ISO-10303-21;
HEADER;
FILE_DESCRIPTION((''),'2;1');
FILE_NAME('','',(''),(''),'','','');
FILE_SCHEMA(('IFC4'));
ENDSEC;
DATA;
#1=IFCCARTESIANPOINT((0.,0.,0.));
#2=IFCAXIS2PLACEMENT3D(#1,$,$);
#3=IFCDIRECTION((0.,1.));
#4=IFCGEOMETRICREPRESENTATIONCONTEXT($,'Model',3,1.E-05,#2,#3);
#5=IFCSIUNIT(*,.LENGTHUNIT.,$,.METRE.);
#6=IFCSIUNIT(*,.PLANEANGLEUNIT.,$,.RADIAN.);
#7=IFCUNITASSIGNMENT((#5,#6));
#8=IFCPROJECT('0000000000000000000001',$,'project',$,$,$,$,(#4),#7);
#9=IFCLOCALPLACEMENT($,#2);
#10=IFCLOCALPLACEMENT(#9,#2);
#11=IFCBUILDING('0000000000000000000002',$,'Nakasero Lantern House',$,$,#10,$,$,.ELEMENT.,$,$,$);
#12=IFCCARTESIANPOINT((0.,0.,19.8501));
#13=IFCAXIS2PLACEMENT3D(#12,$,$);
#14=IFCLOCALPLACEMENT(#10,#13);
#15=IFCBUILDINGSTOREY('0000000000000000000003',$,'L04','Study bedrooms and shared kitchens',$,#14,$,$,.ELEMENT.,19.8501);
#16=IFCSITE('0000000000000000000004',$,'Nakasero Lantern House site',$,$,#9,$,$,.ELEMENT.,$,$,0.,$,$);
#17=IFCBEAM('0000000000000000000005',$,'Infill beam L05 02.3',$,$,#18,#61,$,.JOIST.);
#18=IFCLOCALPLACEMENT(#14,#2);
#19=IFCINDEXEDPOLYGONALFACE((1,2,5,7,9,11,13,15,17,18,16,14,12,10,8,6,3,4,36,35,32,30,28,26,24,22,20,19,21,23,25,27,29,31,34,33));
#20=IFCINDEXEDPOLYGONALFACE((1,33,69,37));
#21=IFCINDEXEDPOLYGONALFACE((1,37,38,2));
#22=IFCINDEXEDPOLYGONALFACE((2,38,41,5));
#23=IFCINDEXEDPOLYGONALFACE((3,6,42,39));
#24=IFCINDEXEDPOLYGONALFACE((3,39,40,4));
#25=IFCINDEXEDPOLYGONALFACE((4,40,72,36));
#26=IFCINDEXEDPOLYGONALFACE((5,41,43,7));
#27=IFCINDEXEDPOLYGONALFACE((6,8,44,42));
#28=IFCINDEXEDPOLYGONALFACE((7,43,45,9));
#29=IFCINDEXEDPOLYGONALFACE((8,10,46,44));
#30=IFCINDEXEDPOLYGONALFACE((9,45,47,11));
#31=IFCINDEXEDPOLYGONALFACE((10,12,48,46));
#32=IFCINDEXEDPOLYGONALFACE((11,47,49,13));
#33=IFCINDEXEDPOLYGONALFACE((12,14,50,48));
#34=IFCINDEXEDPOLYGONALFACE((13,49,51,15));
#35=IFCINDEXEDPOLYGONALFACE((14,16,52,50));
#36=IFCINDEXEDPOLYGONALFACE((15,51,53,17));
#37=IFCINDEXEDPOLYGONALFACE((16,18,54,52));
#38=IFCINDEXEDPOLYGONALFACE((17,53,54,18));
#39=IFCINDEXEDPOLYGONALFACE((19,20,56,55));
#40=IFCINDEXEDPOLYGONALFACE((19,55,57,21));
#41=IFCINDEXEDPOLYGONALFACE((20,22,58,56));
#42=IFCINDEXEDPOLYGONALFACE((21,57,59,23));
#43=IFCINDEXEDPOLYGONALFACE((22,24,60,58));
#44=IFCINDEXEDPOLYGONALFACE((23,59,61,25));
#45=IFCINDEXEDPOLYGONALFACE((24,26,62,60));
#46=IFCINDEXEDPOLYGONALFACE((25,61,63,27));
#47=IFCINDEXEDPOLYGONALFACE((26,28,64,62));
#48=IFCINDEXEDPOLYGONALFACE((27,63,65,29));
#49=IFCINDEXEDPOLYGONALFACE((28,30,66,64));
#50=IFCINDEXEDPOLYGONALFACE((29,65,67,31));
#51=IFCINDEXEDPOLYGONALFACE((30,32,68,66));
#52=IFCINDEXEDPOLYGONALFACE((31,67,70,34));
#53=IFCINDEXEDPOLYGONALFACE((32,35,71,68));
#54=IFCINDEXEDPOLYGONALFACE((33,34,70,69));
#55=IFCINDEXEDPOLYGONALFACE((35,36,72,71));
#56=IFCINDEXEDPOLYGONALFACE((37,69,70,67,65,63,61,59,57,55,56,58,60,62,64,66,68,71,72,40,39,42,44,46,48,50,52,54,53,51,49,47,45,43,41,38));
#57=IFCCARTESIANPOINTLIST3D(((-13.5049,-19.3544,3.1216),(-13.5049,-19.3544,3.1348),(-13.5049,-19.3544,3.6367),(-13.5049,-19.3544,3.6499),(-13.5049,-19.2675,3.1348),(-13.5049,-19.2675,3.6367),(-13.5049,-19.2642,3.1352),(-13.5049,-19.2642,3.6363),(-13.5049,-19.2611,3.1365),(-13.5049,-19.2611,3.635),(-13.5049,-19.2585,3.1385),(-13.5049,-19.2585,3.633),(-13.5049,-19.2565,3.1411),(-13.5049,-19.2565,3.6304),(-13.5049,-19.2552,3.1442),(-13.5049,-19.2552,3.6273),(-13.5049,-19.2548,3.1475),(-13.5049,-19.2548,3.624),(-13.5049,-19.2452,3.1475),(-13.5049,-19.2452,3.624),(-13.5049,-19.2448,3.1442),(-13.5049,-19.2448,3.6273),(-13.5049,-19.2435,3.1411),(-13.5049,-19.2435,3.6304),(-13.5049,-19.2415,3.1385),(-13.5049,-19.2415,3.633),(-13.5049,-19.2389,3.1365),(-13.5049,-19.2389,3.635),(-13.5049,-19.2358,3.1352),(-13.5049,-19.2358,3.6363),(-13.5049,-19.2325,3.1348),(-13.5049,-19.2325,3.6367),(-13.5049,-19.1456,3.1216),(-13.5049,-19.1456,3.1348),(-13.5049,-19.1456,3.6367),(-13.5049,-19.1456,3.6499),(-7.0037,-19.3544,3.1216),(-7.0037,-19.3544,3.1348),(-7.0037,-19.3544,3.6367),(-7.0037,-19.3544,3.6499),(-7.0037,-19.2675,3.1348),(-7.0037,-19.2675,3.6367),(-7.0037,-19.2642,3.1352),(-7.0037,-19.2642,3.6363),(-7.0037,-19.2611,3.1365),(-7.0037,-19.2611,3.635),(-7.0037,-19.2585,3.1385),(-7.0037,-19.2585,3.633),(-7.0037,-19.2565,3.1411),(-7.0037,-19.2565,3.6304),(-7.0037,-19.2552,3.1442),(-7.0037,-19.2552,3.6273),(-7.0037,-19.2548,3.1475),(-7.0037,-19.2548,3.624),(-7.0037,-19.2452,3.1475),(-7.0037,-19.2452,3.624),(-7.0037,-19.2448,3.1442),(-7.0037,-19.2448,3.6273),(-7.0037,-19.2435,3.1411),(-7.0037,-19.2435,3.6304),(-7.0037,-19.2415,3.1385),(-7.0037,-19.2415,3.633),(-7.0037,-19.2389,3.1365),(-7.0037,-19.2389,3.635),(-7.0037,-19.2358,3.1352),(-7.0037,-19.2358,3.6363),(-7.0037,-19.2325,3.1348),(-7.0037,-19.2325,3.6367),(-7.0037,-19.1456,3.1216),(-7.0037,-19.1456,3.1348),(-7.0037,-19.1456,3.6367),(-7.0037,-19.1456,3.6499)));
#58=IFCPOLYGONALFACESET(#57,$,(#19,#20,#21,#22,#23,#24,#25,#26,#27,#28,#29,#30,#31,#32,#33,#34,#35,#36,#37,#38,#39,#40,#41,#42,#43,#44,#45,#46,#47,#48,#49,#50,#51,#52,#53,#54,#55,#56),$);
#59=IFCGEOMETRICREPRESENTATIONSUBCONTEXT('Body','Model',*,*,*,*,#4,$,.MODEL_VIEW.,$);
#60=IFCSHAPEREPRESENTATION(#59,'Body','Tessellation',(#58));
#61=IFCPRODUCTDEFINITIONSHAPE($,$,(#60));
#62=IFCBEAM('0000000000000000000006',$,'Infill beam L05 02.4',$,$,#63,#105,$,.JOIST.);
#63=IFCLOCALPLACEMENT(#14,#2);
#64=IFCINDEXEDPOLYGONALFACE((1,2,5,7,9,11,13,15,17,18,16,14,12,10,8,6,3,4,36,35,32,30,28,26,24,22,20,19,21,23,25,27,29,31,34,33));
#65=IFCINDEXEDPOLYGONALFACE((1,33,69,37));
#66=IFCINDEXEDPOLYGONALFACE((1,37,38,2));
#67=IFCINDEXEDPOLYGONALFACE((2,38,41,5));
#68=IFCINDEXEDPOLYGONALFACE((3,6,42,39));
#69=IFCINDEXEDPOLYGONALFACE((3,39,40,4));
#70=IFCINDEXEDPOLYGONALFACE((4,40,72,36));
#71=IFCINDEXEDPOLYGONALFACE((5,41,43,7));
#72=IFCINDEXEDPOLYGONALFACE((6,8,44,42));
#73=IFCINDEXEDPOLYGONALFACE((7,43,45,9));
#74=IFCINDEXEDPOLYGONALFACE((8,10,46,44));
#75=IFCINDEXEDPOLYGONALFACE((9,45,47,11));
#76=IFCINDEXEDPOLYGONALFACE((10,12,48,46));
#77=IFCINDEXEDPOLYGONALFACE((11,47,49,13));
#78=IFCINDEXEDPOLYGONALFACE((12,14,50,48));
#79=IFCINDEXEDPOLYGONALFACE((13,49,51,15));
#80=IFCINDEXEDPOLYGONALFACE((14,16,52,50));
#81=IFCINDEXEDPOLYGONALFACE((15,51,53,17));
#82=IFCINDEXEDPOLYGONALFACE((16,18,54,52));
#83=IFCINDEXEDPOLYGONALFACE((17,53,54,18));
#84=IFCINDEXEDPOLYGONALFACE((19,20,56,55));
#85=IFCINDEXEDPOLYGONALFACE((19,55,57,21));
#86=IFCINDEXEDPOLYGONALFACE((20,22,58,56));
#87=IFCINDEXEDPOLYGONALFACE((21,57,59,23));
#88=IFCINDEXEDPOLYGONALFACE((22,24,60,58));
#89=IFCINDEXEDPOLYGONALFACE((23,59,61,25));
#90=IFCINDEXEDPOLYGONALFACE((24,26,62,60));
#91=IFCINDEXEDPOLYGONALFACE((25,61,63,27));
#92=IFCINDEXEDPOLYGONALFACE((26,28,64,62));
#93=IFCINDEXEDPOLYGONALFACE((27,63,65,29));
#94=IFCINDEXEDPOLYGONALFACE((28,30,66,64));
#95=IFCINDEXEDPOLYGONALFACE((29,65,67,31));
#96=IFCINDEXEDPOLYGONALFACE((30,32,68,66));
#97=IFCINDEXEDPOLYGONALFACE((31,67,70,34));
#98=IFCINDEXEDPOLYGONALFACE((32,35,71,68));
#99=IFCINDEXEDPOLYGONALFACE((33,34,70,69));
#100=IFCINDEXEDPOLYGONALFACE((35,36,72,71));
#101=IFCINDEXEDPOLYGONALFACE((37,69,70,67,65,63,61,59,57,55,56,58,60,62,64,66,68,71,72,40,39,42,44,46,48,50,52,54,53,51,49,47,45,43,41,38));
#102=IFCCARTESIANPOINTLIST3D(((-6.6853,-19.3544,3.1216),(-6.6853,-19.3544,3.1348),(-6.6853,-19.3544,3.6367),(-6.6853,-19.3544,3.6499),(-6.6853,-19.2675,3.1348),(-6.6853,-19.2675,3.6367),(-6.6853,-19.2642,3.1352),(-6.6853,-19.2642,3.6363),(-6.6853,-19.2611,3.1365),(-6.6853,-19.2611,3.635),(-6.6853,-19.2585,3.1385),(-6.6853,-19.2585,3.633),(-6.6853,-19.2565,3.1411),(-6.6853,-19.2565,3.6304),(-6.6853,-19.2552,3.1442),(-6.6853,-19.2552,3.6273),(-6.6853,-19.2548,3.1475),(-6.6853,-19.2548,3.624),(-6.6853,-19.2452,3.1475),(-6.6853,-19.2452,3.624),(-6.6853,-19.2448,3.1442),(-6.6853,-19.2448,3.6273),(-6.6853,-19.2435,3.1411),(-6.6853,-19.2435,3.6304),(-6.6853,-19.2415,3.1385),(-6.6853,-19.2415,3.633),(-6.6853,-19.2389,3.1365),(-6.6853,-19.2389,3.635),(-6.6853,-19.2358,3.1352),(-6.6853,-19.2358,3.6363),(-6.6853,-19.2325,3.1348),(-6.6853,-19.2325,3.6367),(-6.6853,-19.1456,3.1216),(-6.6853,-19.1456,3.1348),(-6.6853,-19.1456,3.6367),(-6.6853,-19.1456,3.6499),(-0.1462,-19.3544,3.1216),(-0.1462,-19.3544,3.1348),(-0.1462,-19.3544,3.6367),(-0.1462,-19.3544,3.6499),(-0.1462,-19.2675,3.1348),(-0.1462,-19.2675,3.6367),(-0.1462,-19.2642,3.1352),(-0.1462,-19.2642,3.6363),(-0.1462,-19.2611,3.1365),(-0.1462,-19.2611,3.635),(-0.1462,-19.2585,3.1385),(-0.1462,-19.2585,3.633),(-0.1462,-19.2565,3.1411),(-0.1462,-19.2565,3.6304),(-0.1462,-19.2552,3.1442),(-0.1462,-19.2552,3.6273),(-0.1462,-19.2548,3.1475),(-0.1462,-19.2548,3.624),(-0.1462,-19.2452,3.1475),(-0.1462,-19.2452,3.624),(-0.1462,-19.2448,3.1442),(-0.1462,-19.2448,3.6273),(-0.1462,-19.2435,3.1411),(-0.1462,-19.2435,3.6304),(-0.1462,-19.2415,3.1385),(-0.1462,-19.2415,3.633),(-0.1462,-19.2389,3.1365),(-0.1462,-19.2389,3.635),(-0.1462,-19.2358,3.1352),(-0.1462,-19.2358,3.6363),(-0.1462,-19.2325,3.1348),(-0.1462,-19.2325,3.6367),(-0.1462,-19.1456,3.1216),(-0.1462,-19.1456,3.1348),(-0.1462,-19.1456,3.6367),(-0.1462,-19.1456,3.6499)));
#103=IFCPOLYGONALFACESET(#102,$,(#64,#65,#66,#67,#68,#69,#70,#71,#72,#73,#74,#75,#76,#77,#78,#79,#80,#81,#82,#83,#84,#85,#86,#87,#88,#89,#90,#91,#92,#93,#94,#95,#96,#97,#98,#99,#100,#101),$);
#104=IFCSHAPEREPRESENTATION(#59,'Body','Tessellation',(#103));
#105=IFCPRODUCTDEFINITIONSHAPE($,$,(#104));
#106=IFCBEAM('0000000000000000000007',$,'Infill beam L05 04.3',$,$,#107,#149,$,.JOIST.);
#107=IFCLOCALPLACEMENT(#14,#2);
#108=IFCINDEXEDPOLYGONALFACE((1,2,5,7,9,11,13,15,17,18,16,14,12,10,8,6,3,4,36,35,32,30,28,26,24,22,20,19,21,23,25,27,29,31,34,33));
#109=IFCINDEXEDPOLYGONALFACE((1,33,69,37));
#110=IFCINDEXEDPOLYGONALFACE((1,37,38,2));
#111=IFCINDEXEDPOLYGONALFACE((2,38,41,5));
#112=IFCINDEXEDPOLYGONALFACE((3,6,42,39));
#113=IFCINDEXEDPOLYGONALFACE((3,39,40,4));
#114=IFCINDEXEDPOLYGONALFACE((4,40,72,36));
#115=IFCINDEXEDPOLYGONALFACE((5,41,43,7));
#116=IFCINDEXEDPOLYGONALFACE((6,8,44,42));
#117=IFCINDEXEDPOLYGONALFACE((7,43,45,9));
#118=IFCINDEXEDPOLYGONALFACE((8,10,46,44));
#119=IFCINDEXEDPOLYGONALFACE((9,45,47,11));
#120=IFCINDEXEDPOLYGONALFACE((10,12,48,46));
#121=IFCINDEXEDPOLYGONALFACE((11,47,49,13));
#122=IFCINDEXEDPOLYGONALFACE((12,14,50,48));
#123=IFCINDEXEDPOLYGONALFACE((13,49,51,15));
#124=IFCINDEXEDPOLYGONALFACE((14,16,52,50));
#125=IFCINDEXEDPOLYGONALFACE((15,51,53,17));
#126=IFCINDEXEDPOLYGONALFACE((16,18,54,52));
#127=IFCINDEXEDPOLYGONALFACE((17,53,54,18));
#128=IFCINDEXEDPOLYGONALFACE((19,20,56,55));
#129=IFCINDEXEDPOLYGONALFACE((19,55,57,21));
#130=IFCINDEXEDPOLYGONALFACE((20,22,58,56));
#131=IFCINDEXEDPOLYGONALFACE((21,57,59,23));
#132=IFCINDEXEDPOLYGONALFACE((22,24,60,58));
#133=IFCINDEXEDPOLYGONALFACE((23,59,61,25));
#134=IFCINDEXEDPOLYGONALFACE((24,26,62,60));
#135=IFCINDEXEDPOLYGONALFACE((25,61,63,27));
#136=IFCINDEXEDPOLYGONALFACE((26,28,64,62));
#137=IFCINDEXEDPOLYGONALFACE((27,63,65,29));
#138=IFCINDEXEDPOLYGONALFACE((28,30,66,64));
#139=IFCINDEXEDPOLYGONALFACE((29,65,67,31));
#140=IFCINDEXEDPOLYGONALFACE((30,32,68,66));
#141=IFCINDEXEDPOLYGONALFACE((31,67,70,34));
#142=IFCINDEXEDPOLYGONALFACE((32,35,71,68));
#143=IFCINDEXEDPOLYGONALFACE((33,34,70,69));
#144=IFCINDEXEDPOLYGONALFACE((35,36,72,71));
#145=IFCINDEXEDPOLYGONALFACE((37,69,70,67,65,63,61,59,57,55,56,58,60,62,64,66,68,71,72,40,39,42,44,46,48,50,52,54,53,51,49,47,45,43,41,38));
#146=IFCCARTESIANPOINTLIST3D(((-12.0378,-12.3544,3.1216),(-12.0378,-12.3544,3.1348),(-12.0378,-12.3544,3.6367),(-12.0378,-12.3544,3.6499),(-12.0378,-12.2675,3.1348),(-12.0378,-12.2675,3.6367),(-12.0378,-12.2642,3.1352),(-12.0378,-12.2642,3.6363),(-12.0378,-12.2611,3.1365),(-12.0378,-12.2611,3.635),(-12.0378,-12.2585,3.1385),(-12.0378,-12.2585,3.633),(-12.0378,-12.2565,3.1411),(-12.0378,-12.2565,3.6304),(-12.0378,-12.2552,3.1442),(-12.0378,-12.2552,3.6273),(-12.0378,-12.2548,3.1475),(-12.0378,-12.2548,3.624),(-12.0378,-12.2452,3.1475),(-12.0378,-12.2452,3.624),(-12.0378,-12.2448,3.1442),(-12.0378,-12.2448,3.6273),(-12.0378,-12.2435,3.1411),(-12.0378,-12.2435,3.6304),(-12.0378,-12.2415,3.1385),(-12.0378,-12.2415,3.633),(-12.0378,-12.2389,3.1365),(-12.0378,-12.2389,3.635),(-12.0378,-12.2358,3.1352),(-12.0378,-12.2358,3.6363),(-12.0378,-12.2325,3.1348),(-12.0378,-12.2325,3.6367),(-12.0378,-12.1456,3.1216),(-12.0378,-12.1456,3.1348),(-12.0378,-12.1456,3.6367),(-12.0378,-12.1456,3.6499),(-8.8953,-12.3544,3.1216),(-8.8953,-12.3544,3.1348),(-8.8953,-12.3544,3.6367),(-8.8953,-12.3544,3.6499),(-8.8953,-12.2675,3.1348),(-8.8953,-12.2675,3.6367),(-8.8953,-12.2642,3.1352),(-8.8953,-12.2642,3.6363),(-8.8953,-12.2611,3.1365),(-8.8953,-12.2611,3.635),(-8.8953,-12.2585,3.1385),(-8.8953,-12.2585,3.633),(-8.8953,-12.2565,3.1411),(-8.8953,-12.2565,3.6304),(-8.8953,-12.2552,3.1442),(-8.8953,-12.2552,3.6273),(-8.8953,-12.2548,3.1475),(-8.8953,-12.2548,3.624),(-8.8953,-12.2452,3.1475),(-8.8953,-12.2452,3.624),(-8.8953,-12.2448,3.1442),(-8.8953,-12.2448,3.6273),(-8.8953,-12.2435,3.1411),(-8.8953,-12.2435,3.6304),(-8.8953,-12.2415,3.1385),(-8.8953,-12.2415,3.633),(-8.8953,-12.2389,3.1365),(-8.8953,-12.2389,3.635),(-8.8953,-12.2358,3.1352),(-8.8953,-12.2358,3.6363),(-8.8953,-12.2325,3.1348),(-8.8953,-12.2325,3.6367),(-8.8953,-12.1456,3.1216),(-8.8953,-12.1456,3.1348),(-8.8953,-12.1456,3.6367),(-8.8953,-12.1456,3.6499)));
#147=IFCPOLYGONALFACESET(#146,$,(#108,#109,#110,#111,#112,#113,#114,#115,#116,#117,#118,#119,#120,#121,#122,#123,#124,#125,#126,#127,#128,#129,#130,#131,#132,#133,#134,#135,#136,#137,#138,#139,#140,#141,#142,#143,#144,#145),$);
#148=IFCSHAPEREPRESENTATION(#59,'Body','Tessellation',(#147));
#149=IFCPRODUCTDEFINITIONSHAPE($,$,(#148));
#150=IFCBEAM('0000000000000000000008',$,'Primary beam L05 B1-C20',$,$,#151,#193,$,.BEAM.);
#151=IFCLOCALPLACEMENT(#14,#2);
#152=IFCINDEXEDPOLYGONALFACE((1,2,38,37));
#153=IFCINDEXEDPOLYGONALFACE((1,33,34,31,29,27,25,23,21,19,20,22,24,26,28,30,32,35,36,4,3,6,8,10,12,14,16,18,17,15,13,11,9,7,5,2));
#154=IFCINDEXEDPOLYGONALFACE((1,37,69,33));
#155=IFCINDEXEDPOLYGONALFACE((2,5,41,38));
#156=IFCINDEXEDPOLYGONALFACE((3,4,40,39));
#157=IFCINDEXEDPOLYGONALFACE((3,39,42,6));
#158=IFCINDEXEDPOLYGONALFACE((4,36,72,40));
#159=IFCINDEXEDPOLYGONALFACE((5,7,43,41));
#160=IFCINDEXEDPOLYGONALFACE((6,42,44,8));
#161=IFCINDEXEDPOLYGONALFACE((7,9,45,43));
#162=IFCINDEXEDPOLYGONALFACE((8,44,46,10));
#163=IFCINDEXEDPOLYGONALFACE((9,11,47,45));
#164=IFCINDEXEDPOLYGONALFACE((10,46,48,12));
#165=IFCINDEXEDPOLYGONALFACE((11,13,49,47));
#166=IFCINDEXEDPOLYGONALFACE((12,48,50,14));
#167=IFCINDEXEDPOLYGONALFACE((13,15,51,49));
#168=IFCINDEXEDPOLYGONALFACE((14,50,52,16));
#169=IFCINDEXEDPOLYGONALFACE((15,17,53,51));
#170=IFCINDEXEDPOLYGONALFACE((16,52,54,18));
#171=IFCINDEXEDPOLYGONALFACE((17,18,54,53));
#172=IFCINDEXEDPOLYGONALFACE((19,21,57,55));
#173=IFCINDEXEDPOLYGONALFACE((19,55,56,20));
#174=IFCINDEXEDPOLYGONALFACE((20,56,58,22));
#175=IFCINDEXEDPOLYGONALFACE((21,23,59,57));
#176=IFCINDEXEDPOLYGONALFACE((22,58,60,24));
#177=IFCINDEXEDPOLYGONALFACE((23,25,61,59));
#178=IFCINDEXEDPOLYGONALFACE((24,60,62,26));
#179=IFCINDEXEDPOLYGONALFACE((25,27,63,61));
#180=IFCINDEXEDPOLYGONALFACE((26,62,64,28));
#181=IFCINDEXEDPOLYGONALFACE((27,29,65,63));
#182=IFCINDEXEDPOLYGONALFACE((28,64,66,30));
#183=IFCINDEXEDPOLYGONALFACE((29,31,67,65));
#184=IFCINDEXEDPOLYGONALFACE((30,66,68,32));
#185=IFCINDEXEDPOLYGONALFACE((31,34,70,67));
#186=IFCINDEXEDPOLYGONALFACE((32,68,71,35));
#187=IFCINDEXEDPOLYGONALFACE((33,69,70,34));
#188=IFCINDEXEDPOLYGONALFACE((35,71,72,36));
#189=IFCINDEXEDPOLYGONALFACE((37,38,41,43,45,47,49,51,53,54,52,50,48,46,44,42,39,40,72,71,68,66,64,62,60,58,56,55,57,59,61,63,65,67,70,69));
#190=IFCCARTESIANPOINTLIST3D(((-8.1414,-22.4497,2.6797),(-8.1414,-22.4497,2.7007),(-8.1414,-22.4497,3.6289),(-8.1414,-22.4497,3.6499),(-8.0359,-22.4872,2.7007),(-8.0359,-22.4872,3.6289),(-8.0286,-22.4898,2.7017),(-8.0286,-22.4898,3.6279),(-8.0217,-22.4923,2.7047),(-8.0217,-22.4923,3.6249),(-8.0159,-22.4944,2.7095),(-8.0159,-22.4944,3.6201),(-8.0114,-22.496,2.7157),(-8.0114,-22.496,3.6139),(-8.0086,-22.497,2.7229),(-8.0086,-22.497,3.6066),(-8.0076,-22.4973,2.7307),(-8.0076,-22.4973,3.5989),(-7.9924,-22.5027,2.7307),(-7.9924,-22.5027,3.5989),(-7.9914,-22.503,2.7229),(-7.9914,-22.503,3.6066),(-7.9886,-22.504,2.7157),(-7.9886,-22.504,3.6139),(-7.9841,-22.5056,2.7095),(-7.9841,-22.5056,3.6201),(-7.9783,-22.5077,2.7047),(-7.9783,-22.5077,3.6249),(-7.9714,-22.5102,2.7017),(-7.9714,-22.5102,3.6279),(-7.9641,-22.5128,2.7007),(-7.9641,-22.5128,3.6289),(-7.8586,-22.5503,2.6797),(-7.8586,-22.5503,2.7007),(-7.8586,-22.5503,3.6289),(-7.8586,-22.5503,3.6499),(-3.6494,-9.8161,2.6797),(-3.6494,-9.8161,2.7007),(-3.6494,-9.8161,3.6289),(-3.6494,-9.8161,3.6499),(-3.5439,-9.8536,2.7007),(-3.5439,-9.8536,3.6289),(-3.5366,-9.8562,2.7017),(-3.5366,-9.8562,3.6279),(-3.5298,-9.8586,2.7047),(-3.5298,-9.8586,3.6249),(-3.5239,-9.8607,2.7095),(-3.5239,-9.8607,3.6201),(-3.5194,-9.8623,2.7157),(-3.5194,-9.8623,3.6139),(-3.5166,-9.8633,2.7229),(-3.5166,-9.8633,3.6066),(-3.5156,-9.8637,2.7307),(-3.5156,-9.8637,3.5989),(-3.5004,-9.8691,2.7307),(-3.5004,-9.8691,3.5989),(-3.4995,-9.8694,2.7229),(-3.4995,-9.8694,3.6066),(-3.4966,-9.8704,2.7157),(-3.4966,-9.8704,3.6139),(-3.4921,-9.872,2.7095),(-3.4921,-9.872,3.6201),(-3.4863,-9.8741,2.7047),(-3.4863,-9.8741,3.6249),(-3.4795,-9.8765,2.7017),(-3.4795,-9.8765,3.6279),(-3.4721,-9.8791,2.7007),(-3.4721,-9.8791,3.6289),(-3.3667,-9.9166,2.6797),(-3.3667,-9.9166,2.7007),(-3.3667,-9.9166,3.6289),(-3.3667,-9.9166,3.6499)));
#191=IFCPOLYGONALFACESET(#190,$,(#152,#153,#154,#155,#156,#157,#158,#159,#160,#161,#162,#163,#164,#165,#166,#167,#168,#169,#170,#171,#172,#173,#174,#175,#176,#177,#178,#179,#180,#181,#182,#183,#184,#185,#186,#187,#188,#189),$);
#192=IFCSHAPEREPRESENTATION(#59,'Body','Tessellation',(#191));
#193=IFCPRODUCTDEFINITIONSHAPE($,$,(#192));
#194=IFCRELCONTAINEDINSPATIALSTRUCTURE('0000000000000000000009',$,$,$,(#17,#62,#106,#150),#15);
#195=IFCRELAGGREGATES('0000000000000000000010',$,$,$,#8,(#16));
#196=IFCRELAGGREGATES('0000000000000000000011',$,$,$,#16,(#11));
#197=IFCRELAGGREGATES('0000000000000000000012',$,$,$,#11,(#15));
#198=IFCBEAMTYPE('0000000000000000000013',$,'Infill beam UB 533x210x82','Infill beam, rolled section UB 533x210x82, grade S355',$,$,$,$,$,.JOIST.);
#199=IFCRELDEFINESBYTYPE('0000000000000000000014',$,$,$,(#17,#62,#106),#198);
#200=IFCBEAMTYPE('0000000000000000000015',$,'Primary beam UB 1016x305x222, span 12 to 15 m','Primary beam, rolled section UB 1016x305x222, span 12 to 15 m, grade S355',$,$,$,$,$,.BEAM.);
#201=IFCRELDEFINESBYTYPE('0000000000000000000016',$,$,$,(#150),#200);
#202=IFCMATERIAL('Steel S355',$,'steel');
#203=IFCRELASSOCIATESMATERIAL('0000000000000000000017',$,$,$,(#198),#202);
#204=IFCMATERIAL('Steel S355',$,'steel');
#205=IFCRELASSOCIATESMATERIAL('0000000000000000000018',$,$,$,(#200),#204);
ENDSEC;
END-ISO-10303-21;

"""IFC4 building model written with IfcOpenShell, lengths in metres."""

from ifc_helpers import new_model, si_unit, direction, frame, origin, origin_2d, place, context, subcontext, project, spatial, i_section, extrude, material, material_profile, profile_set, type_object, element, save


model = new_model("IFC4")

# Units and contexts
model_context = context("Model", 3, precision=1e-05, world=origin(), true_north=direction((0.0, 1.0)))
body_context = subcontext(model_context, "Body", "Model", "MODEL_VIEW")
ifc_project = project(units=[si_unit("LENGTHUNIT", "METRE"), si_unit("PLANEANGLEUNIT", "RADIAN")], contexts=[model_context])

# Site, building, storey
site_placement = place(None, origin())
site = spatial("IfcSite", under=ifc_project, at=site_placement, Name="Nakasero Lantern House site", CompositionType="ELEMENT", RefElevation=0.0)
building_placement = place(site_placement, origin())
building = spatial("IfcBuilding", under=site, at=building_placement, Name="Nakasero Lantern House", CompositionType="ELEMENT")
storey_placement = place(building_placement, frame((0.0, 0.0, 19.8501)))
storey = spatial("IfcBuildingStorey", under=building, at=storey_placement, Name="L04", Description="Study bedrooms and shared kitchens", CompositionType="ELEMENT", Elevation=19.8501)

# Beams
ifc_material_1 = material(Name="Steel S355", Category="steel")
ifc_material_profile_1 = material_profile(ifc_material_1, i_section(OverallWidth=0.2087, OverallDepth=0.5283, WebThickness=0.0095, FlangeThickness=0.0132, FilletRadius=0.0127, at=origin_2d()), Name="UB 533x210x82")
ifc_profile_set_1 = profile_set([ifc_material_profile_1], Name="Steel S355")
beam_type_1 = type_object("IfcBeamType", Name="Infill beam UB 533x210x82", Description="Infill beam, rolled section UB 533x210x82, grade S355", PredefinedType="JOIST", material=ifc_profile_set_1)
beam_1_placement = place(storey_placement, frame((-13.5049, -19.25, 3.3857), z_axis=(1.0, 0.0, 0.0), x_axis=(0.0, 1.0, 0.0)))
element("IfcBeam", 1, at=beam_1_placement, inside=storey, type_object=beam_type_1, Name="Infill beam L05 02.3", PredefinedType="JOIST", context=body_context, shape_type="SweptSolid", body=[
    extrude(i_section(OverallWidth=0.2087, OverallDepth=0.5283, WebThickness=0.0095, FlangeThickness=0.0132, FilletRadius=0.0127, at=origin_2d()), origin(), (0.0, 0.0, 1.0), 6.5012),
])
beam_2_placement = place(storey_placement, frame((-6.6853, -19.25, 3.3857), z_axis=(1.0, 0.0, 0.0), x_axis=(0.0, 1.0, 0.0)))
element("IfcBeam", 2, at=beam_2_placement, inside=storey, type_object=beam_type_1, Name="Infill beam L05 02.4", PredefinedType="JOIST", context=body_context, shape_type="SweptSolid", body=[
    extrude(i_section(OverallWidth=0.2087, OverallDepth=0.5283, WebThickness=0.0095, FlangeThickness=0.0132, FilletRadius=0.0127, at=origin_2d()), origin(), (0.0, 0.0, 1.0), 6.5391),
])
beam_3_placement = place(storey_placement, frame((-12.0378, -12.25, 3.3857), z_axis=(1.0, 0.0, 0.0), x_axis=(0.0, 1.0, 0.0)))
element("IfcBeam", 3, at=beam_3_placement, inside=storey, type_object=beam_type_1, Name="Infill beam L05 04.3", PredefinedType="JOIST", context=body_context, shape_type="SweptSolid", body=[
    extrude(i_section(OverallWidth=0.2087, OverallDepth=0.5283, WebThickness=0.0095, FlangeThickness=0.0132, FilletRadius=0.0127, at=origin_2d()), origin(), (0.0, 0.0, 1.0), 3.1426),
])
ifc_material_2 = material(Name="Steel S355", Category="steel")
ifc_material_profile_2 = material_profile(ifc_material_2, i_section(OverallWidth=0.3, OverallDepth=0.9702, WebThickness=0.0161, FlangeThickness=0.021, FilletRadius=0.03, at=origin_2d()), Name="UB 1016x305x222")
ifc_profile_set_2 = profile_set([ifc_material_profile_2], Name="Steel S355")
beam_type_2 = type_object("IfcBeamType", Name="Primary beam UB 1016x305x222, span 12 to 15 m", Description="Primary beam, rolled section UB 1016x305x222, span 12 to 15 m, grade S355", PredefinedType="BEAM", material=ifc_profile_set_2)
beam_4_placement = place(storey_placement, frame((-8.0, -22.5, 3.1648), z_axis=(0.335011, 0.942214, 0.0), x_axis=(-0.942214, 0.335011, 0.0)))
element("IfcBeam", 4, at=beam_4_placement, inside=storey, type_object=beam_type_2, Name="Primary beam L05 B1-C20", PredefinedType="BEAM", context=body_context, shape_type="SweptSolid", body=[
    extrude(i_section(OverallWidth=0.3, OverallDepth=0.9702, WebThickness=0.0161, FlangeThickness=0.021, FilletRadius=0.03, at=origin_2d()), origin(), (0.0, 0.0, 1.0), 13.4084),
])

save(model, "model.ifc")
